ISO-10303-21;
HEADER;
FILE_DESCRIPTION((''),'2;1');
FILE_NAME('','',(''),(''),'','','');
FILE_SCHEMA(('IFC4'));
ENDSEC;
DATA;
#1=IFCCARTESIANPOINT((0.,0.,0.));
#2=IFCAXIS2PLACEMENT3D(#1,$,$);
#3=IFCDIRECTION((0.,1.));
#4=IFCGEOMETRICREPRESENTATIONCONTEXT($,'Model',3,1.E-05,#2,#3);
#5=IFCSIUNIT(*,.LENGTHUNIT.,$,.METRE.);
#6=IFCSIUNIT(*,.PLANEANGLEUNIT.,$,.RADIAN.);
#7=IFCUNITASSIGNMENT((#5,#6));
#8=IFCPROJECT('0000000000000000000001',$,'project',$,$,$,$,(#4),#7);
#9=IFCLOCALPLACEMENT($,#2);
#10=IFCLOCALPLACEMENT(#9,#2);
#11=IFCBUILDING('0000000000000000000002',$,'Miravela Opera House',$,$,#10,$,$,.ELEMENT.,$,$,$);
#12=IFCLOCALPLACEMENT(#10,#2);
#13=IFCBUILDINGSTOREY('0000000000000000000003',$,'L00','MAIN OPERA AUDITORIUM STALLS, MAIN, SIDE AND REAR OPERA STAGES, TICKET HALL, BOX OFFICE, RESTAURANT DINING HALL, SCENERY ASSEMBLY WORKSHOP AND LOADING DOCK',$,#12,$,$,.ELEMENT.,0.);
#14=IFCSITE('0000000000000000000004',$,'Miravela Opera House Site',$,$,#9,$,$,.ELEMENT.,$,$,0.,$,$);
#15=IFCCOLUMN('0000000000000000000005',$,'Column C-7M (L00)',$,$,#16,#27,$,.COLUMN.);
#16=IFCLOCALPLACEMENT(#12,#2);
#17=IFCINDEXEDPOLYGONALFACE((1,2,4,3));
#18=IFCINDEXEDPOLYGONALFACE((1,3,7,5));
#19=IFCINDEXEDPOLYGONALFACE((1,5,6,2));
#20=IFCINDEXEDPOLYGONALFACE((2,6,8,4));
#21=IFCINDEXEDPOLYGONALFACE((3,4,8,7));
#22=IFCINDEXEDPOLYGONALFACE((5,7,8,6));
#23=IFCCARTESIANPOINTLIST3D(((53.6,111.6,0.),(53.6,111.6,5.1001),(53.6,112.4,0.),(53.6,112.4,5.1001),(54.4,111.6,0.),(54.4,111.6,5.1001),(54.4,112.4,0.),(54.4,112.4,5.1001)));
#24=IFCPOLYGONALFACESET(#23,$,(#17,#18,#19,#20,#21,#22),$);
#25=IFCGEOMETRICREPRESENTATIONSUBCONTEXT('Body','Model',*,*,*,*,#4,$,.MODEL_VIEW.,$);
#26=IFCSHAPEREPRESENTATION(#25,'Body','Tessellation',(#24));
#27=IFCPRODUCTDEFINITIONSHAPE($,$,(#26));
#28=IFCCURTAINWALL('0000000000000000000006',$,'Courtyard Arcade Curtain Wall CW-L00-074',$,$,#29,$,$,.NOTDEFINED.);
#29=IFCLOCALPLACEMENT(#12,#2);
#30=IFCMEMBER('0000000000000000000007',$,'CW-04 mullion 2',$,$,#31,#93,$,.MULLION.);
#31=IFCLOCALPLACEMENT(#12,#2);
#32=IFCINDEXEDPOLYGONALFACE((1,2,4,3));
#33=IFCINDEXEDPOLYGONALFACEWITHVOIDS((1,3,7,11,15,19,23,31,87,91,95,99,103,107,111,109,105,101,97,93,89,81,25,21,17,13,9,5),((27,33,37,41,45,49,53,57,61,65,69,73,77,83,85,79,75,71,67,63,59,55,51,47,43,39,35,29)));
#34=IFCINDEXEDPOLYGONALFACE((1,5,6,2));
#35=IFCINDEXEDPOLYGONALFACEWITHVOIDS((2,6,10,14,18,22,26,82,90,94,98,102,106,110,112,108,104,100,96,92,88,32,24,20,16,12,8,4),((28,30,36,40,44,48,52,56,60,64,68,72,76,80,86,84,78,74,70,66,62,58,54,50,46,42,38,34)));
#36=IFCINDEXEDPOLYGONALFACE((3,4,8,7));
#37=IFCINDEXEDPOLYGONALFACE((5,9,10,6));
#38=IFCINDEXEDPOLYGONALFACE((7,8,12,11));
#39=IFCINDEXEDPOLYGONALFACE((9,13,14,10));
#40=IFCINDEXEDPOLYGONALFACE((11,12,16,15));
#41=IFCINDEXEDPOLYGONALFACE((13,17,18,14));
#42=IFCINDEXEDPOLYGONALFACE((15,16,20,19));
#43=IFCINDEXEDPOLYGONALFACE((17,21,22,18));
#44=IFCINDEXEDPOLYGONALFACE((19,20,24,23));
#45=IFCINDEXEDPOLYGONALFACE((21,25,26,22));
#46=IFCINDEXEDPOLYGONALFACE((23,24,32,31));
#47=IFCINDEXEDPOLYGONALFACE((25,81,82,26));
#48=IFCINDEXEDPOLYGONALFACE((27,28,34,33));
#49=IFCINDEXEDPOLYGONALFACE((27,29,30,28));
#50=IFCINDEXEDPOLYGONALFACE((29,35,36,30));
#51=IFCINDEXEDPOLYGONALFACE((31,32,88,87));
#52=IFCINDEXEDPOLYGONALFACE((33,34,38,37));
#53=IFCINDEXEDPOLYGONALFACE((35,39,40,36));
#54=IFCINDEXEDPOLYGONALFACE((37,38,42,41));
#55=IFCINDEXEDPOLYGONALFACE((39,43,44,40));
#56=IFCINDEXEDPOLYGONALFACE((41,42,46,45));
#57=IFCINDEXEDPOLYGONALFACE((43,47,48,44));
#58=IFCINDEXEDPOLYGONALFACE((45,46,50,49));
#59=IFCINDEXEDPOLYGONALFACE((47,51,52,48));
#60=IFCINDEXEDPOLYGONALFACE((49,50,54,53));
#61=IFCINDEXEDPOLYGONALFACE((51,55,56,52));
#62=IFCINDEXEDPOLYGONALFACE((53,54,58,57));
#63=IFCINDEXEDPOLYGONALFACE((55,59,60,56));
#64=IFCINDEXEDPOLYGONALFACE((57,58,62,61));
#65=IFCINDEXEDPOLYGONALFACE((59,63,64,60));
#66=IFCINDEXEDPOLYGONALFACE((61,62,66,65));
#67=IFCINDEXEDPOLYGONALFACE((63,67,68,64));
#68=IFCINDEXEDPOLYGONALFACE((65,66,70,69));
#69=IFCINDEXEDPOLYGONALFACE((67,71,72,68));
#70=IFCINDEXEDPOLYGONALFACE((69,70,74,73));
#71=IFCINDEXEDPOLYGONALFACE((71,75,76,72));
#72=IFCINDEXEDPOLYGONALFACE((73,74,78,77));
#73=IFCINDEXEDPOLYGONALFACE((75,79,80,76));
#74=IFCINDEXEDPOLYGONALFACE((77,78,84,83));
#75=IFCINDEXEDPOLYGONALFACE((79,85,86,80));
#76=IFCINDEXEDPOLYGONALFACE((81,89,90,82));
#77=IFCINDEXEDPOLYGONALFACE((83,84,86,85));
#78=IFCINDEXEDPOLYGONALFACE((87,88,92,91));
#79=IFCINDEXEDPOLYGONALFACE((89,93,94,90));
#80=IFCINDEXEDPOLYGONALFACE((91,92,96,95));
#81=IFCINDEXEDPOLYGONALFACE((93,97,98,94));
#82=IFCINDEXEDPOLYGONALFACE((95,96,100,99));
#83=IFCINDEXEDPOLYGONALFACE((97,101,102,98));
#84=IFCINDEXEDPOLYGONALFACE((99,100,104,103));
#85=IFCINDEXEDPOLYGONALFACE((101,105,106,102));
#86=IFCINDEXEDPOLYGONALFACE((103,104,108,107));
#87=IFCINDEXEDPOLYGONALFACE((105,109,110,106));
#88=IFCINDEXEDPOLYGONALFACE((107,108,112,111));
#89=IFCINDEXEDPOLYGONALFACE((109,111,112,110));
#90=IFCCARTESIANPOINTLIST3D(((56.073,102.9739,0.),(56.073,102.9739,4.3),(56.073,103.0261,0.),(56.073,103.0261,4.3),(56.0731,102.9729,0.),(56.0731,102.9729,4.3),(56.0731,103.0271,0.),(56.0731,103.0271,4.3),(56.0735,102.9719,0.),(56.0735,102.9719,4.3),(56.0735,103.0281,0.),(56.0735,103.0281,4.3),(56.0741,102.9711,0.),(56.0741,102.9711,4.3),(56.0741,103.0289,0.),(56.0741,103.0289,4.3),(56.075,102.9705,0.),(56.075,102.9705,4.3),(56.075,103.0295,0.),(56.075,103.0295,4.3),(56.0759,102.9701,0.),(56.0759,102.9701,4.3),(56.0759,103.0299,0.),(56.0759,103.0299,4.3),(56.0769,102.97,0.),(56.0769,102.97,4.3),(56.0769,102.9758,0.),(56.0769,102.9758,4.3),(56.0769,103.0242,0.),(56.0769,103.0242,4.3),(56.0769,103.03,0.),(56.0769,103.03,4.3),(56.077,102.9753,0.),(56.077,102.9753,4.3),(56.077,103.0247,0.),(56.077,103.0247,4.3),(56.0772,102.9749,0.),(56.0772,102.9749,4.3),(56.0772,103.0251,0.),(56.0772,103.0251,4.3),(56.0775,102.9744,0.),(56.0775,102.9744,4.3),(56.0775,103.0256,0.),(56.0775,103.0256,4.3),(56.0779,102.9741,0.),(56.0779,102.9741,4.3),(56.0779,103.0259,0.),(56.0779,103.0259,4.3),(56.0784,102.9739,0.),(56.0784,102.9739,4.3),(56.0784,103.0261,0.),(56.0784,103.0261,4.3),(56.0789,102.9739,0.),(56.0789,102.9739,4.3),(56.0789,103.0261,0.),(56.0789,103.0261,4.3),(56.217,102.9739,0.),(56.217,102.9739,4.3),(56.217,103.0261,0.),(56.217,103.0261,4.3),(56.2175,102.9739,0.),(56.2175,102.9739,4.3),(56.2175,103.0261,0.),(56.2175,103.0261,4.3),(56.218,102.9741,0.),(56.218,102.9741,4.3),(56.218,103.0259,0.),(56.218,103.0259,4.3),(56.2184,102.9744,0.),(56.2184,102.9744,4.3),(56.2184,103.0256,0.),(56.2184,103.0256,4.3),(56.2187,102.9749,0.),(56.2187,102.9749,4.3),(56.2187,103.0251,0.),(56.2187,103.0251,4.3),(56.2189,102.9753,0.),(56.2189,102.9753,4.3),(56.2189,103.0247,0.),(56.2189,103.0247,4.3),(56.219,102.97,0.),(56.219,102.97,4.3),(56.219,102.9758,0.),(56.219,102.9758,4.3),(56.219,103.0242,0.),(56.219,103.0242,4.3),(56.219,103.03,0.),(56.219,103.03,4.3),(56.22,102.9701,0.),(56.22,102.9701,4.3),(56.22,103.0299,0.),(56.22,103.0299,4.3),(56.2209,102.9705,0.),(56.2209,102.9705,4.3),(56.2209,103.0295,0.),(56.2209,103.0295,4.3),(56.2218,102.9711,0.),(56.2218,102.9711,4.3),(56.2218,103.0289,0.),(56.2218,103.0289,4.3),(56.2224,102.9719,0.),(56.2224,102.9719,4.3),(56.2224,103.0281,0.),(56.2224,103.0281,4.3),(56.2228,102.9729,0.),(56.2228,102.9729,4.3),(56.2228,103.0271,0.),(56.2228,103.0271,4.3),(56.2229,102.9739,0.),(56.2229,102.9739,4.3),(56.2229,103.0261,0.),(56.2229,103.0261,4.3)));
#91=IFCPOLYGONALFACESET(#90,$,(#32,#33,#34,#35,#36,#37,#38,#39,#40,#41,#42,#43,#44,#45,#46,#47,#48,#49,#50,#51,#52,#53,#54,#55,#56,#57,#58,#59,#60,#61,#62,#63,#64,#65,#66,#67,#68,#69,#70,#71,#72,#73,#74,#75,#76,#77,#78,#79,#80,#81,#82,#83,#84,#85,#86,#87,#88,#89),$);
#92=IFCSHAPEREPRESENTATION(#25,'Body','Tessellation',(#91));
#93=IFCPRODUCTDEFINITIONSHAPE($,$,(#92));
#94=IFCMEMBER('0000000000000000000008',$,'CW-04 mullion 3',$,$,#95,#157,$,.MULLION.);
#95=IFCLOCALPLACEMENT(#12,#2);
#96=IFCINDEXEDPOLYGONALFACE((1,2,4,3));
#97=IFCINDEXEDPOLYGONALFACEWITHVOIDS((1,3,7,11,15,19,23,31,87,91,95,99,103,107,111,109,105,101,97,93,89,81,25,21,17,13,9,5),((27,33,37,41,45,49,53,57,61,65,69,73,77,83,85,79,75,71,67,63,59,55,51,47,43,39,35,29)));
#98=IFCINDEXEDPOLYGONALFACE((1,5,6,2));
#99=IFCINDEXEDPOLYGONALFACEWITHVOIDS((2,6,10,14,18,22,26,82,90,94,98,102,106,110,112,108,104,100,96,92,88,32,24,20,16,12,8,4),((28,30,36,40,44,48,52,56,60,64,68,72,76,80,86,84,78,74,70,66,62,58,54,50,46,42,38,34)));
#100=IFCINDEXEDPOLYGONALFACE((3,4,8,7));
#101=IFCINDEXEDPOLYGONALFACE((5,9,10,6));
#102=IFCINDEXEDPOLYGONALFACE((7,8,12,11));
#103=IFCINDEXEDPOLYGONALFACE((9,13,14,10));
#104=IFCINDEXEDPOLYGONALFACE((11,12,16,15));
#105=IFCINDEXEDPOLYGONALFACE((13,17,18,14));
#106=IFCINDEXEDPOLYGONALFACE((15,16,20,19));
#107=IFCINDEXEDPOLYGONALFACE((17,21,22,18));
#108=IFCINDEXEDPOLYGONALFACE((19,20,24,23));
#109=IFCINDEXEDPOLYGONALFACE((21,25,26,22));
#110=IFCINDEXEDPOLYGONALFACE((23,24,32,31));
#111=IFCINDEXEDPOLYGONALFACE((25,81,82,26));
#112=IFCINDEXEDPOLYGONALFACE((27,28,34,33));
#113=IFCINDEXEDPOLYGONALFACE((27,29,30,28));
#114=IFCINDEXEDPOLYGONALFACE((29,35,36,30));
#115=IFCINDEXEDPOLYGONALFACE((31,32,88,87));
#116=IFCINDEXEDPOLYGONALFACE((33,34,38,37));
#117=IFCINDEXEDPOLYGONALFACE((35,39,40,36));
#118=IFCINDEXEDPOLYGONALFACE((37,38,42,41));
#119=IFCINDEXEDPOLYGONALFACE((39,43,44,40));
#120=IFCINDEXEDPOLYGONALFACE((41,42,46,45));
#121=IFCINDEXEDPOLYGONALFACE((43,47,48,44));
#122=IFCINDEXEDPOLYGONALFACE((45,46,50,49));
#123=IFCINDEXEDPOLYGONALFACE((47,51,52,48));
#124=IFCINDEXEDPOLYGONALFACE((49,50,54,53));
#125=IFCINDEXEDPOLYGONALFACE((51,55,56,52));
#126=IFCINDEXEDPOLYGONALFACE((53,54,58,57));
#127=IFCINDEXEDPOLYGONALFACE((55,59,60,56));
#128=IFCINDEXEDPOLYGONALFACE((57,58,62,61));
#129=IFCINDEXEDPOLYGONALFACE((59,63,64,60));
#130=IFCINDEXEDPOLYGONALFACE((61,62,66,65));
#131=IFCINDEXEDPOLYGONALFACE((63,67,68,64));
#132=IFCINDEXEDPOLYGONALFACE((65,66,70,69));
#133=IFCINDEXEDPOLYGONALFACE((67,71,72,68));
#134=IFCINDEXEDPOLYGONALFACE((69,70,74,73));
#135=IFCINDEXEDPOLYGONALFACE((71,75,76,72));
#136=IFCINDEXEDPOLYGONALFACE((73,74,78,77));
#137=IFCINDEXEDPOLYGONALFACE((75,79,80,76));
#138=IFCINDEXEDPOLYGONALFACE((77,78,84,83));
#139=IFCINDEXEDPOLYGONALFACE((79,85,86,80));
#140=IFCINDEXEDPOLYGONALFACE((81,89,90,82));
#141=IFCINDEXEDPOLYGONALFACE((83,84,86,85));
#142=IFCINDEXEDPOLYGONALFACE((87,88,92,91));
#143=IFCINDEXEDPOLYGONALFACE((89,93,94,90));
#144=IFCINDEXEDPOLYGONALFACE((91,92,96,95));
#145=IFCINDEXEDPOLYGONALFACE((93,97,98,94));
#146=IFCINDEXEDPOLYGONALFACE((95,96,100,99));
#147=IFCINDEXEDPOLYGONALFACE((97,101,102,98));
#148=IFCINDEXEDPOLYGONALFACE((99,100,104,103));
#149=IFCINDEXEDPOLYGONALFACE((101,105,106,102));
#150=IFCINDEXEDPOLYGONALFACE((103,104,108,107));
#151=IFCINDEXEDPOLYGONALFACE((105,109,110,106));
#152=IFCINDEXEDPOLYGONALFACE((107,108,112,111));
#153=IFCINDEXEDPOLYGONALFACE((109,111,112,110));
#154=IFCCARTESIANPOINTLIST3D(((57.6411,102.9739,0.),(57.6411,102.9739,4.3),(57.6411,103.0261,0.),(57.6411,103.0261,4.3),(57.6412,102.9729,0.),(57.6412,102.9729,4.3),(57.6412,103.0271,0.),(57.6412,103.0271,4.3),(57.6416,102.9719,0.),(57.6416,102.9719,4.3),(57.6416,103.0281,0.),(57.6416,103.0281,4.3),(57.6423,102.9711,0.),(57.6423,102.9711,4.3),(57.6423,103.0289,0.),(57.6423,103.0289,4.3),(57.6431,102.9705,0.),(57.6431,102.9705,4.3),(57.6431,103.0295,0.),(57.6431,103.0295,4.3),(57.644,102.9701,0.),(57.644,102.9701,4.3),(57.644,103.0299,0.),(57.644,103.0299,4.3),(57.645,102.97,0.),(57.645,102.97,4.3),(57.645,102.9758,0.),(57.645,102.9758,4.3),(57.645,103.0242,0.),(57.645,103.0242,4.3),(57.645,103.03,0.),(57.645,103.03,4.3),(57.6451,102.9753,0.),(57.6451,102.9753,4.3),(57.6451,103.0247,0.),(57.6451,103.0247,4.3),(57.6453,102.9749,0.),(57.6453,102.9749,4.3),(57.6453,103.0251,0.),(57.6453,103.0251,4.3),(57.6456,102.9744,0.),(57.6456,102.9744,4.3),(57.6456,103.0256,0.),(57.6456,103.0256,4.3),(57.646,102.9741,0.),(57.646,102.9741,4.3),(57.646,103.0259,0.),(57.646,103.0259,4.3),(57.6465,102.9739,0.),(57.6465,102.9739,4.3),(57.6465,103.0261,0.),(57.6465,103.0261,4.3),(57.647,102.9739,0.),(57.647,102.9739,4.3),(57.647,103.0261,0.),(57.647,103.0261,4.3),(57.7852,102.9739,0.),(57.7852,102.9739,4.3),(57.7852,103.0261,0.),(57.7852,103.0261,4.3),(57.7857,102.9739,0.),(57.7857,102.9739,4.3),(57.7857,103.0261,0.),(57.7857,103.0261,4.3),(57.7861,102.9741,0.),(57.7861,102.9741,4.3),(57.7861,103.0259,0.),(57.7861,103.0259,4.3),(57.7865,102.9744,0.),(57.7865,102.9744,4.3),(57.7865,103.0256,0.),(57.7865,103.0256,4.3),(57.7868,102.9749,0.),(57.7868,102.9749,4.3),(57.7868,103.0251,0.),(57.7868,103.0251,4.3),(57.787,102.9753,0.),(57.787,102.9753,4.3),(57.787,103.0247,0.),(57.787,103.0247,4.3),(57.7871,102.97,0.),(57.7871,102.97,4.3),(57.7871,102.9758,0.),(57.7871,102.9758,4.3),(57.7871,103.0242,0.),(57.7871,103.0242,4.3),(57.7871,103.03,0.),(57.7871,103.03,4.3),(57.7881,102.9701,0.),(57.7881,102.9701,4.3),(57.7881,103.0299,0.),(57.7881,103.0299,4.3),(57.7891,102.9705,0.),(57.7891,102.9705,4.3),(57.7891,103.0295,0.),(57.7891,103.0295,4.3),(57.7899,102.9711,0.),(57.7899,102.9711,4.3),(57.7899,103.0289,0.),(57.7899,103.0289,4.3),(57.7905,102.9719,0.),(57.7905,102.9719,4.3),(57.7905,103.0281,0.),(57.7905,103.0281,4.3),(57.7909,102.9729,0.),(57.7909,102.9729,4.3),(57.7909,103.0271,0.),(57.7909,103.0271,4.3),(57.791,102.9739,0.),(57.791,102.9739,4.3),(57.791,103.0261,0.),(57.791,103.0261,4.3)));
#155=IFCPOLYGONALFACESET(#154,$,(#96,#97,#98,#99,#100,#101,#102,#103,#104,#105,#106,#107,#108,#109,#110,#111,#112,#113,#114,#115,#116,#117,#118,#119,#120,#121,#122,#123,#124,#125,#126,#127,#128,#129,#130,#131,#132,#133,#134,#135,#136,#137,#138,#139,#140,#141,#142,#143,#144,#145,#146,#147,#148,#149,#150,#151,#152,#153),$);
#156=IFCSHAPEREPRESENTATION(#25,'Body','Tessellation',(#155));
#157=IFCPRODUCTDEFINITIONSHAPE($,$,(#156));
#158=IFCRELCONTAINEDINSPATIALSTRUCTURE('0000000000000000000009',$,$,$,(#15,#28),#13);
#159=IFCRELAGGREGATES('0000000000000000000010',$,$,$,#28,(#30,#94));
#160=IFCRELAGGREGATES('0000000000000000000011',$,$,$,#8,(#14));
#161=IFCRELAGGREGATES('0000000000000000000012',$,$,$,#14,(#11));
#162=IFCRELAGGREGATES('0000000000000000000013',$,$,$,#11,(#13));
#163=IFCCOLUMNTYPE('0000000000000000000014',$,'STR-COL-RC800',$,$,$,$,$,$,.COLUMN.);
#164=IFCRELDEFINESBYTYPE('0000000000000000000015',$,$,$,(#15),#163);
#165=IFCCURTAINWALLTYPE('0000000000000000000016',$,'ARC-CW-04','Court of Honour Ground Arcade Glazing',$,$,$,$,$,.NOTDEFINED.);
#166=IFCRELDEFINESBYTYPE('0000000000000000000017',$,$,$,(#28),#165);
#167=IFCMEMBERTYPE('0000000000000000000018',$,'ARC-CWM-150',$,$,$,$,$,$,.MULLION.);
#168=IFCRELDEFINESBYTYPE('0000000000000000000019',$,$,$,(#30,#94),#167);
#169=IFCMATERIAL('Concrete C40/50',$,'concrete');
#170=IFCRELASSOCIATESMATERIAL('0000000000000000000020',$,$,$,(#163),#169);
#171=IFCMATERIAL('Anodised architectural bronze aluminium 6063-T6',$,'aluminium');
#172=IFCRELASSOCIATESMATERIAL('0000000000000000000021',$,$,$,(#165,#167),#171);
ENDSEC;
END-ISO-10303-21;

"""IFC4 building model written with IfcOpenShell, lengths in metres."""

from ifc_helpers import new_model, si_unit, direction, frame, origin, origin_2d, place, context, subcontext, project, spatial, rectangle, hollow_rectangle, extrude, material, material_profile, profile_set, type_object, element, aggregate, save


model = new_model("IFC4")

# Units and contexts
model_context = context("Model", 3, precision=1e-05, world=origin(), true_north=direction((0.0, 1.0)))
body_context = subcontext(model_context, "Body", "Model", "MODEL_VIEW")
ifc_project = project(units=[si_unit("LENGTHUNIT", "METRE"), si_unit("PLANEANGLEUNIT", "RADIAN")], contexts=[model_context])

# Site, building, storey
site_placement = place(None, origin())
site = spatial("IfcSite", under=ifc_project, at=site_placement, Name="Miravela Opera House Site", CompositionType="ELEMENT", RefElevation=0.0)
building_placement = place(site_placement, origin())
building = spatial("IfcBuilding", under=site, at=building_placement, Name="Miravela Opera House", CompositionType="ELEMENT")
storey_placement = place(building_placement, origin())
storey = spatial("IfcBuildingStorey", under=building, at=storey_placement, Name="L00", Description="MAIN OPERA AUDITORIUM STALLS, MAIN, SIDE AND REAR OPERA STAGES, TICKET HALL, BOX OFFICE, RESTAURANT DINING HALL, SCENERY ASSEMBLY WORKSHOP AND LOADING DOCK", CompositionType="ELEMENT", Elevation=0.0)

# Column
ifc_material_1 = material(Name="Concrete C40/50", Category="concrete")
ifc_material_profile_1 = material_profile(ifc_material_1, rectangle(XDim=0.8, YDim=0.8, at=origin_2d()), Name="RC-COL-800X800")
ifc_profile_set_1 = profile_set([ifc_material_profile_1])
column_type = type_object("IfcColumnType", Name="STR-COL-RC800", PredefinedType="COLUMN", material=ifc_profile_set_1)
column_placement = place(storey_placement, frame((54.0, 112.0, 0.0), z_axis=(0.0, 0.0, 1.0), x_axis=(1.0, 0.0, 0.0)))
element("IfcColumn", 1, at=column_placement, inside=storey, type_object=column_type, Name="Column C-7M (L00)", PredefinedType="COLUMN", context=body_context, shape_type="SweptSolid", body=[
    extrude(rectangle(XDim=0.8, YDim=0.8, at=origin_2d()), origin(), (0.0, 0.0, 1.0), 5.1001),
])

# Curtain wall, members
ifc_material_2 = material(Name="Anodised architectural bronze aluminium 6063-T6", Category="aluminium")
curtain_wall_type = type_object("IfcCurtainWallType", Name="ARC-CW-04", Description="Court of Honour Ground Arcade Glazing", PredefinedType="NOTDEFINED", material=ifc_material_2)
curtain_wall_placement = place(storey_placement, origin())
curtain_wall = element("IfcCurtainWall", 2, at=curtain_wall_placement, inside=storey, type_object=curtain_wall_type, Name="Courtyard Arcade Curtain Wall CW-L00-074", PredefinedType="NOTDEFINED")
ifc_material_profile_2 = material_profile(ifc_material_2, hollow_rectangle(XDim=0.0601, YDim=0.1499, WallThickness=0.0039, InnerFilletRadius=0.002, OuterFilletRadius=0.0039, at=origin_2d()), Name="CWM-60X150")
ifc_profile_set_2 = profile_set([ifc_material_profile_2])
member_type_1 = type_object("IfcMemberType", Name="ARC-CWM-150", PredefinedType="MULLION", material=ifc_profile_set_2)
member_1_placement = place(storey_placement, frame((56.1479, 103.0, 0.0), z_axis=(0.0, 0.0, 1.0), x_axis=(0.0, 1.0, 0.0)))
member_1 = element("IfcMember", 3, at=member_1_placement, type_object=member_type_1, Name="CW-04 mullion 2", PredefinedType="MULLION", context=body_context, shape_type="SweptSolid", body=[
    extrude(hollow_rectangle(XDim=0.0601, YDim=0.1499, WallThickness=0.0039, InnerFilletRadius=0.002, OuterFilletRadius=0.0039, at=origin_2d()), origin(), (0.0, 0.0, 1.0), 4.3),
])
member_2_placement = place(storey_placement, frame((57.7161, 103.0, 0.0), z_axis=(0.0, 0.0, 1.0), x_axis=(0.0, 1.0, 0.0)))
member_2 = element("IfcMember", 4, at=member_2_placement, type_object=member_type_1, Name="CW-04 mullion 3", PredefinedType="MULLION", context=body_context, shape_type="SweptSolid", body=[
    extrude(hollow_rectangle(XDim=0.0601, YDim=0.1499, WallThickness=0.0039, InnerFilletRadius=0.002, OuterFilletRadius=0.0039, at=origin_2d()), origin(), (0.0, 0.0, 1.0), 4.3),
])

aggregate(curtain_wall, [member_1, member_2])

save(model, "model.ifc")
